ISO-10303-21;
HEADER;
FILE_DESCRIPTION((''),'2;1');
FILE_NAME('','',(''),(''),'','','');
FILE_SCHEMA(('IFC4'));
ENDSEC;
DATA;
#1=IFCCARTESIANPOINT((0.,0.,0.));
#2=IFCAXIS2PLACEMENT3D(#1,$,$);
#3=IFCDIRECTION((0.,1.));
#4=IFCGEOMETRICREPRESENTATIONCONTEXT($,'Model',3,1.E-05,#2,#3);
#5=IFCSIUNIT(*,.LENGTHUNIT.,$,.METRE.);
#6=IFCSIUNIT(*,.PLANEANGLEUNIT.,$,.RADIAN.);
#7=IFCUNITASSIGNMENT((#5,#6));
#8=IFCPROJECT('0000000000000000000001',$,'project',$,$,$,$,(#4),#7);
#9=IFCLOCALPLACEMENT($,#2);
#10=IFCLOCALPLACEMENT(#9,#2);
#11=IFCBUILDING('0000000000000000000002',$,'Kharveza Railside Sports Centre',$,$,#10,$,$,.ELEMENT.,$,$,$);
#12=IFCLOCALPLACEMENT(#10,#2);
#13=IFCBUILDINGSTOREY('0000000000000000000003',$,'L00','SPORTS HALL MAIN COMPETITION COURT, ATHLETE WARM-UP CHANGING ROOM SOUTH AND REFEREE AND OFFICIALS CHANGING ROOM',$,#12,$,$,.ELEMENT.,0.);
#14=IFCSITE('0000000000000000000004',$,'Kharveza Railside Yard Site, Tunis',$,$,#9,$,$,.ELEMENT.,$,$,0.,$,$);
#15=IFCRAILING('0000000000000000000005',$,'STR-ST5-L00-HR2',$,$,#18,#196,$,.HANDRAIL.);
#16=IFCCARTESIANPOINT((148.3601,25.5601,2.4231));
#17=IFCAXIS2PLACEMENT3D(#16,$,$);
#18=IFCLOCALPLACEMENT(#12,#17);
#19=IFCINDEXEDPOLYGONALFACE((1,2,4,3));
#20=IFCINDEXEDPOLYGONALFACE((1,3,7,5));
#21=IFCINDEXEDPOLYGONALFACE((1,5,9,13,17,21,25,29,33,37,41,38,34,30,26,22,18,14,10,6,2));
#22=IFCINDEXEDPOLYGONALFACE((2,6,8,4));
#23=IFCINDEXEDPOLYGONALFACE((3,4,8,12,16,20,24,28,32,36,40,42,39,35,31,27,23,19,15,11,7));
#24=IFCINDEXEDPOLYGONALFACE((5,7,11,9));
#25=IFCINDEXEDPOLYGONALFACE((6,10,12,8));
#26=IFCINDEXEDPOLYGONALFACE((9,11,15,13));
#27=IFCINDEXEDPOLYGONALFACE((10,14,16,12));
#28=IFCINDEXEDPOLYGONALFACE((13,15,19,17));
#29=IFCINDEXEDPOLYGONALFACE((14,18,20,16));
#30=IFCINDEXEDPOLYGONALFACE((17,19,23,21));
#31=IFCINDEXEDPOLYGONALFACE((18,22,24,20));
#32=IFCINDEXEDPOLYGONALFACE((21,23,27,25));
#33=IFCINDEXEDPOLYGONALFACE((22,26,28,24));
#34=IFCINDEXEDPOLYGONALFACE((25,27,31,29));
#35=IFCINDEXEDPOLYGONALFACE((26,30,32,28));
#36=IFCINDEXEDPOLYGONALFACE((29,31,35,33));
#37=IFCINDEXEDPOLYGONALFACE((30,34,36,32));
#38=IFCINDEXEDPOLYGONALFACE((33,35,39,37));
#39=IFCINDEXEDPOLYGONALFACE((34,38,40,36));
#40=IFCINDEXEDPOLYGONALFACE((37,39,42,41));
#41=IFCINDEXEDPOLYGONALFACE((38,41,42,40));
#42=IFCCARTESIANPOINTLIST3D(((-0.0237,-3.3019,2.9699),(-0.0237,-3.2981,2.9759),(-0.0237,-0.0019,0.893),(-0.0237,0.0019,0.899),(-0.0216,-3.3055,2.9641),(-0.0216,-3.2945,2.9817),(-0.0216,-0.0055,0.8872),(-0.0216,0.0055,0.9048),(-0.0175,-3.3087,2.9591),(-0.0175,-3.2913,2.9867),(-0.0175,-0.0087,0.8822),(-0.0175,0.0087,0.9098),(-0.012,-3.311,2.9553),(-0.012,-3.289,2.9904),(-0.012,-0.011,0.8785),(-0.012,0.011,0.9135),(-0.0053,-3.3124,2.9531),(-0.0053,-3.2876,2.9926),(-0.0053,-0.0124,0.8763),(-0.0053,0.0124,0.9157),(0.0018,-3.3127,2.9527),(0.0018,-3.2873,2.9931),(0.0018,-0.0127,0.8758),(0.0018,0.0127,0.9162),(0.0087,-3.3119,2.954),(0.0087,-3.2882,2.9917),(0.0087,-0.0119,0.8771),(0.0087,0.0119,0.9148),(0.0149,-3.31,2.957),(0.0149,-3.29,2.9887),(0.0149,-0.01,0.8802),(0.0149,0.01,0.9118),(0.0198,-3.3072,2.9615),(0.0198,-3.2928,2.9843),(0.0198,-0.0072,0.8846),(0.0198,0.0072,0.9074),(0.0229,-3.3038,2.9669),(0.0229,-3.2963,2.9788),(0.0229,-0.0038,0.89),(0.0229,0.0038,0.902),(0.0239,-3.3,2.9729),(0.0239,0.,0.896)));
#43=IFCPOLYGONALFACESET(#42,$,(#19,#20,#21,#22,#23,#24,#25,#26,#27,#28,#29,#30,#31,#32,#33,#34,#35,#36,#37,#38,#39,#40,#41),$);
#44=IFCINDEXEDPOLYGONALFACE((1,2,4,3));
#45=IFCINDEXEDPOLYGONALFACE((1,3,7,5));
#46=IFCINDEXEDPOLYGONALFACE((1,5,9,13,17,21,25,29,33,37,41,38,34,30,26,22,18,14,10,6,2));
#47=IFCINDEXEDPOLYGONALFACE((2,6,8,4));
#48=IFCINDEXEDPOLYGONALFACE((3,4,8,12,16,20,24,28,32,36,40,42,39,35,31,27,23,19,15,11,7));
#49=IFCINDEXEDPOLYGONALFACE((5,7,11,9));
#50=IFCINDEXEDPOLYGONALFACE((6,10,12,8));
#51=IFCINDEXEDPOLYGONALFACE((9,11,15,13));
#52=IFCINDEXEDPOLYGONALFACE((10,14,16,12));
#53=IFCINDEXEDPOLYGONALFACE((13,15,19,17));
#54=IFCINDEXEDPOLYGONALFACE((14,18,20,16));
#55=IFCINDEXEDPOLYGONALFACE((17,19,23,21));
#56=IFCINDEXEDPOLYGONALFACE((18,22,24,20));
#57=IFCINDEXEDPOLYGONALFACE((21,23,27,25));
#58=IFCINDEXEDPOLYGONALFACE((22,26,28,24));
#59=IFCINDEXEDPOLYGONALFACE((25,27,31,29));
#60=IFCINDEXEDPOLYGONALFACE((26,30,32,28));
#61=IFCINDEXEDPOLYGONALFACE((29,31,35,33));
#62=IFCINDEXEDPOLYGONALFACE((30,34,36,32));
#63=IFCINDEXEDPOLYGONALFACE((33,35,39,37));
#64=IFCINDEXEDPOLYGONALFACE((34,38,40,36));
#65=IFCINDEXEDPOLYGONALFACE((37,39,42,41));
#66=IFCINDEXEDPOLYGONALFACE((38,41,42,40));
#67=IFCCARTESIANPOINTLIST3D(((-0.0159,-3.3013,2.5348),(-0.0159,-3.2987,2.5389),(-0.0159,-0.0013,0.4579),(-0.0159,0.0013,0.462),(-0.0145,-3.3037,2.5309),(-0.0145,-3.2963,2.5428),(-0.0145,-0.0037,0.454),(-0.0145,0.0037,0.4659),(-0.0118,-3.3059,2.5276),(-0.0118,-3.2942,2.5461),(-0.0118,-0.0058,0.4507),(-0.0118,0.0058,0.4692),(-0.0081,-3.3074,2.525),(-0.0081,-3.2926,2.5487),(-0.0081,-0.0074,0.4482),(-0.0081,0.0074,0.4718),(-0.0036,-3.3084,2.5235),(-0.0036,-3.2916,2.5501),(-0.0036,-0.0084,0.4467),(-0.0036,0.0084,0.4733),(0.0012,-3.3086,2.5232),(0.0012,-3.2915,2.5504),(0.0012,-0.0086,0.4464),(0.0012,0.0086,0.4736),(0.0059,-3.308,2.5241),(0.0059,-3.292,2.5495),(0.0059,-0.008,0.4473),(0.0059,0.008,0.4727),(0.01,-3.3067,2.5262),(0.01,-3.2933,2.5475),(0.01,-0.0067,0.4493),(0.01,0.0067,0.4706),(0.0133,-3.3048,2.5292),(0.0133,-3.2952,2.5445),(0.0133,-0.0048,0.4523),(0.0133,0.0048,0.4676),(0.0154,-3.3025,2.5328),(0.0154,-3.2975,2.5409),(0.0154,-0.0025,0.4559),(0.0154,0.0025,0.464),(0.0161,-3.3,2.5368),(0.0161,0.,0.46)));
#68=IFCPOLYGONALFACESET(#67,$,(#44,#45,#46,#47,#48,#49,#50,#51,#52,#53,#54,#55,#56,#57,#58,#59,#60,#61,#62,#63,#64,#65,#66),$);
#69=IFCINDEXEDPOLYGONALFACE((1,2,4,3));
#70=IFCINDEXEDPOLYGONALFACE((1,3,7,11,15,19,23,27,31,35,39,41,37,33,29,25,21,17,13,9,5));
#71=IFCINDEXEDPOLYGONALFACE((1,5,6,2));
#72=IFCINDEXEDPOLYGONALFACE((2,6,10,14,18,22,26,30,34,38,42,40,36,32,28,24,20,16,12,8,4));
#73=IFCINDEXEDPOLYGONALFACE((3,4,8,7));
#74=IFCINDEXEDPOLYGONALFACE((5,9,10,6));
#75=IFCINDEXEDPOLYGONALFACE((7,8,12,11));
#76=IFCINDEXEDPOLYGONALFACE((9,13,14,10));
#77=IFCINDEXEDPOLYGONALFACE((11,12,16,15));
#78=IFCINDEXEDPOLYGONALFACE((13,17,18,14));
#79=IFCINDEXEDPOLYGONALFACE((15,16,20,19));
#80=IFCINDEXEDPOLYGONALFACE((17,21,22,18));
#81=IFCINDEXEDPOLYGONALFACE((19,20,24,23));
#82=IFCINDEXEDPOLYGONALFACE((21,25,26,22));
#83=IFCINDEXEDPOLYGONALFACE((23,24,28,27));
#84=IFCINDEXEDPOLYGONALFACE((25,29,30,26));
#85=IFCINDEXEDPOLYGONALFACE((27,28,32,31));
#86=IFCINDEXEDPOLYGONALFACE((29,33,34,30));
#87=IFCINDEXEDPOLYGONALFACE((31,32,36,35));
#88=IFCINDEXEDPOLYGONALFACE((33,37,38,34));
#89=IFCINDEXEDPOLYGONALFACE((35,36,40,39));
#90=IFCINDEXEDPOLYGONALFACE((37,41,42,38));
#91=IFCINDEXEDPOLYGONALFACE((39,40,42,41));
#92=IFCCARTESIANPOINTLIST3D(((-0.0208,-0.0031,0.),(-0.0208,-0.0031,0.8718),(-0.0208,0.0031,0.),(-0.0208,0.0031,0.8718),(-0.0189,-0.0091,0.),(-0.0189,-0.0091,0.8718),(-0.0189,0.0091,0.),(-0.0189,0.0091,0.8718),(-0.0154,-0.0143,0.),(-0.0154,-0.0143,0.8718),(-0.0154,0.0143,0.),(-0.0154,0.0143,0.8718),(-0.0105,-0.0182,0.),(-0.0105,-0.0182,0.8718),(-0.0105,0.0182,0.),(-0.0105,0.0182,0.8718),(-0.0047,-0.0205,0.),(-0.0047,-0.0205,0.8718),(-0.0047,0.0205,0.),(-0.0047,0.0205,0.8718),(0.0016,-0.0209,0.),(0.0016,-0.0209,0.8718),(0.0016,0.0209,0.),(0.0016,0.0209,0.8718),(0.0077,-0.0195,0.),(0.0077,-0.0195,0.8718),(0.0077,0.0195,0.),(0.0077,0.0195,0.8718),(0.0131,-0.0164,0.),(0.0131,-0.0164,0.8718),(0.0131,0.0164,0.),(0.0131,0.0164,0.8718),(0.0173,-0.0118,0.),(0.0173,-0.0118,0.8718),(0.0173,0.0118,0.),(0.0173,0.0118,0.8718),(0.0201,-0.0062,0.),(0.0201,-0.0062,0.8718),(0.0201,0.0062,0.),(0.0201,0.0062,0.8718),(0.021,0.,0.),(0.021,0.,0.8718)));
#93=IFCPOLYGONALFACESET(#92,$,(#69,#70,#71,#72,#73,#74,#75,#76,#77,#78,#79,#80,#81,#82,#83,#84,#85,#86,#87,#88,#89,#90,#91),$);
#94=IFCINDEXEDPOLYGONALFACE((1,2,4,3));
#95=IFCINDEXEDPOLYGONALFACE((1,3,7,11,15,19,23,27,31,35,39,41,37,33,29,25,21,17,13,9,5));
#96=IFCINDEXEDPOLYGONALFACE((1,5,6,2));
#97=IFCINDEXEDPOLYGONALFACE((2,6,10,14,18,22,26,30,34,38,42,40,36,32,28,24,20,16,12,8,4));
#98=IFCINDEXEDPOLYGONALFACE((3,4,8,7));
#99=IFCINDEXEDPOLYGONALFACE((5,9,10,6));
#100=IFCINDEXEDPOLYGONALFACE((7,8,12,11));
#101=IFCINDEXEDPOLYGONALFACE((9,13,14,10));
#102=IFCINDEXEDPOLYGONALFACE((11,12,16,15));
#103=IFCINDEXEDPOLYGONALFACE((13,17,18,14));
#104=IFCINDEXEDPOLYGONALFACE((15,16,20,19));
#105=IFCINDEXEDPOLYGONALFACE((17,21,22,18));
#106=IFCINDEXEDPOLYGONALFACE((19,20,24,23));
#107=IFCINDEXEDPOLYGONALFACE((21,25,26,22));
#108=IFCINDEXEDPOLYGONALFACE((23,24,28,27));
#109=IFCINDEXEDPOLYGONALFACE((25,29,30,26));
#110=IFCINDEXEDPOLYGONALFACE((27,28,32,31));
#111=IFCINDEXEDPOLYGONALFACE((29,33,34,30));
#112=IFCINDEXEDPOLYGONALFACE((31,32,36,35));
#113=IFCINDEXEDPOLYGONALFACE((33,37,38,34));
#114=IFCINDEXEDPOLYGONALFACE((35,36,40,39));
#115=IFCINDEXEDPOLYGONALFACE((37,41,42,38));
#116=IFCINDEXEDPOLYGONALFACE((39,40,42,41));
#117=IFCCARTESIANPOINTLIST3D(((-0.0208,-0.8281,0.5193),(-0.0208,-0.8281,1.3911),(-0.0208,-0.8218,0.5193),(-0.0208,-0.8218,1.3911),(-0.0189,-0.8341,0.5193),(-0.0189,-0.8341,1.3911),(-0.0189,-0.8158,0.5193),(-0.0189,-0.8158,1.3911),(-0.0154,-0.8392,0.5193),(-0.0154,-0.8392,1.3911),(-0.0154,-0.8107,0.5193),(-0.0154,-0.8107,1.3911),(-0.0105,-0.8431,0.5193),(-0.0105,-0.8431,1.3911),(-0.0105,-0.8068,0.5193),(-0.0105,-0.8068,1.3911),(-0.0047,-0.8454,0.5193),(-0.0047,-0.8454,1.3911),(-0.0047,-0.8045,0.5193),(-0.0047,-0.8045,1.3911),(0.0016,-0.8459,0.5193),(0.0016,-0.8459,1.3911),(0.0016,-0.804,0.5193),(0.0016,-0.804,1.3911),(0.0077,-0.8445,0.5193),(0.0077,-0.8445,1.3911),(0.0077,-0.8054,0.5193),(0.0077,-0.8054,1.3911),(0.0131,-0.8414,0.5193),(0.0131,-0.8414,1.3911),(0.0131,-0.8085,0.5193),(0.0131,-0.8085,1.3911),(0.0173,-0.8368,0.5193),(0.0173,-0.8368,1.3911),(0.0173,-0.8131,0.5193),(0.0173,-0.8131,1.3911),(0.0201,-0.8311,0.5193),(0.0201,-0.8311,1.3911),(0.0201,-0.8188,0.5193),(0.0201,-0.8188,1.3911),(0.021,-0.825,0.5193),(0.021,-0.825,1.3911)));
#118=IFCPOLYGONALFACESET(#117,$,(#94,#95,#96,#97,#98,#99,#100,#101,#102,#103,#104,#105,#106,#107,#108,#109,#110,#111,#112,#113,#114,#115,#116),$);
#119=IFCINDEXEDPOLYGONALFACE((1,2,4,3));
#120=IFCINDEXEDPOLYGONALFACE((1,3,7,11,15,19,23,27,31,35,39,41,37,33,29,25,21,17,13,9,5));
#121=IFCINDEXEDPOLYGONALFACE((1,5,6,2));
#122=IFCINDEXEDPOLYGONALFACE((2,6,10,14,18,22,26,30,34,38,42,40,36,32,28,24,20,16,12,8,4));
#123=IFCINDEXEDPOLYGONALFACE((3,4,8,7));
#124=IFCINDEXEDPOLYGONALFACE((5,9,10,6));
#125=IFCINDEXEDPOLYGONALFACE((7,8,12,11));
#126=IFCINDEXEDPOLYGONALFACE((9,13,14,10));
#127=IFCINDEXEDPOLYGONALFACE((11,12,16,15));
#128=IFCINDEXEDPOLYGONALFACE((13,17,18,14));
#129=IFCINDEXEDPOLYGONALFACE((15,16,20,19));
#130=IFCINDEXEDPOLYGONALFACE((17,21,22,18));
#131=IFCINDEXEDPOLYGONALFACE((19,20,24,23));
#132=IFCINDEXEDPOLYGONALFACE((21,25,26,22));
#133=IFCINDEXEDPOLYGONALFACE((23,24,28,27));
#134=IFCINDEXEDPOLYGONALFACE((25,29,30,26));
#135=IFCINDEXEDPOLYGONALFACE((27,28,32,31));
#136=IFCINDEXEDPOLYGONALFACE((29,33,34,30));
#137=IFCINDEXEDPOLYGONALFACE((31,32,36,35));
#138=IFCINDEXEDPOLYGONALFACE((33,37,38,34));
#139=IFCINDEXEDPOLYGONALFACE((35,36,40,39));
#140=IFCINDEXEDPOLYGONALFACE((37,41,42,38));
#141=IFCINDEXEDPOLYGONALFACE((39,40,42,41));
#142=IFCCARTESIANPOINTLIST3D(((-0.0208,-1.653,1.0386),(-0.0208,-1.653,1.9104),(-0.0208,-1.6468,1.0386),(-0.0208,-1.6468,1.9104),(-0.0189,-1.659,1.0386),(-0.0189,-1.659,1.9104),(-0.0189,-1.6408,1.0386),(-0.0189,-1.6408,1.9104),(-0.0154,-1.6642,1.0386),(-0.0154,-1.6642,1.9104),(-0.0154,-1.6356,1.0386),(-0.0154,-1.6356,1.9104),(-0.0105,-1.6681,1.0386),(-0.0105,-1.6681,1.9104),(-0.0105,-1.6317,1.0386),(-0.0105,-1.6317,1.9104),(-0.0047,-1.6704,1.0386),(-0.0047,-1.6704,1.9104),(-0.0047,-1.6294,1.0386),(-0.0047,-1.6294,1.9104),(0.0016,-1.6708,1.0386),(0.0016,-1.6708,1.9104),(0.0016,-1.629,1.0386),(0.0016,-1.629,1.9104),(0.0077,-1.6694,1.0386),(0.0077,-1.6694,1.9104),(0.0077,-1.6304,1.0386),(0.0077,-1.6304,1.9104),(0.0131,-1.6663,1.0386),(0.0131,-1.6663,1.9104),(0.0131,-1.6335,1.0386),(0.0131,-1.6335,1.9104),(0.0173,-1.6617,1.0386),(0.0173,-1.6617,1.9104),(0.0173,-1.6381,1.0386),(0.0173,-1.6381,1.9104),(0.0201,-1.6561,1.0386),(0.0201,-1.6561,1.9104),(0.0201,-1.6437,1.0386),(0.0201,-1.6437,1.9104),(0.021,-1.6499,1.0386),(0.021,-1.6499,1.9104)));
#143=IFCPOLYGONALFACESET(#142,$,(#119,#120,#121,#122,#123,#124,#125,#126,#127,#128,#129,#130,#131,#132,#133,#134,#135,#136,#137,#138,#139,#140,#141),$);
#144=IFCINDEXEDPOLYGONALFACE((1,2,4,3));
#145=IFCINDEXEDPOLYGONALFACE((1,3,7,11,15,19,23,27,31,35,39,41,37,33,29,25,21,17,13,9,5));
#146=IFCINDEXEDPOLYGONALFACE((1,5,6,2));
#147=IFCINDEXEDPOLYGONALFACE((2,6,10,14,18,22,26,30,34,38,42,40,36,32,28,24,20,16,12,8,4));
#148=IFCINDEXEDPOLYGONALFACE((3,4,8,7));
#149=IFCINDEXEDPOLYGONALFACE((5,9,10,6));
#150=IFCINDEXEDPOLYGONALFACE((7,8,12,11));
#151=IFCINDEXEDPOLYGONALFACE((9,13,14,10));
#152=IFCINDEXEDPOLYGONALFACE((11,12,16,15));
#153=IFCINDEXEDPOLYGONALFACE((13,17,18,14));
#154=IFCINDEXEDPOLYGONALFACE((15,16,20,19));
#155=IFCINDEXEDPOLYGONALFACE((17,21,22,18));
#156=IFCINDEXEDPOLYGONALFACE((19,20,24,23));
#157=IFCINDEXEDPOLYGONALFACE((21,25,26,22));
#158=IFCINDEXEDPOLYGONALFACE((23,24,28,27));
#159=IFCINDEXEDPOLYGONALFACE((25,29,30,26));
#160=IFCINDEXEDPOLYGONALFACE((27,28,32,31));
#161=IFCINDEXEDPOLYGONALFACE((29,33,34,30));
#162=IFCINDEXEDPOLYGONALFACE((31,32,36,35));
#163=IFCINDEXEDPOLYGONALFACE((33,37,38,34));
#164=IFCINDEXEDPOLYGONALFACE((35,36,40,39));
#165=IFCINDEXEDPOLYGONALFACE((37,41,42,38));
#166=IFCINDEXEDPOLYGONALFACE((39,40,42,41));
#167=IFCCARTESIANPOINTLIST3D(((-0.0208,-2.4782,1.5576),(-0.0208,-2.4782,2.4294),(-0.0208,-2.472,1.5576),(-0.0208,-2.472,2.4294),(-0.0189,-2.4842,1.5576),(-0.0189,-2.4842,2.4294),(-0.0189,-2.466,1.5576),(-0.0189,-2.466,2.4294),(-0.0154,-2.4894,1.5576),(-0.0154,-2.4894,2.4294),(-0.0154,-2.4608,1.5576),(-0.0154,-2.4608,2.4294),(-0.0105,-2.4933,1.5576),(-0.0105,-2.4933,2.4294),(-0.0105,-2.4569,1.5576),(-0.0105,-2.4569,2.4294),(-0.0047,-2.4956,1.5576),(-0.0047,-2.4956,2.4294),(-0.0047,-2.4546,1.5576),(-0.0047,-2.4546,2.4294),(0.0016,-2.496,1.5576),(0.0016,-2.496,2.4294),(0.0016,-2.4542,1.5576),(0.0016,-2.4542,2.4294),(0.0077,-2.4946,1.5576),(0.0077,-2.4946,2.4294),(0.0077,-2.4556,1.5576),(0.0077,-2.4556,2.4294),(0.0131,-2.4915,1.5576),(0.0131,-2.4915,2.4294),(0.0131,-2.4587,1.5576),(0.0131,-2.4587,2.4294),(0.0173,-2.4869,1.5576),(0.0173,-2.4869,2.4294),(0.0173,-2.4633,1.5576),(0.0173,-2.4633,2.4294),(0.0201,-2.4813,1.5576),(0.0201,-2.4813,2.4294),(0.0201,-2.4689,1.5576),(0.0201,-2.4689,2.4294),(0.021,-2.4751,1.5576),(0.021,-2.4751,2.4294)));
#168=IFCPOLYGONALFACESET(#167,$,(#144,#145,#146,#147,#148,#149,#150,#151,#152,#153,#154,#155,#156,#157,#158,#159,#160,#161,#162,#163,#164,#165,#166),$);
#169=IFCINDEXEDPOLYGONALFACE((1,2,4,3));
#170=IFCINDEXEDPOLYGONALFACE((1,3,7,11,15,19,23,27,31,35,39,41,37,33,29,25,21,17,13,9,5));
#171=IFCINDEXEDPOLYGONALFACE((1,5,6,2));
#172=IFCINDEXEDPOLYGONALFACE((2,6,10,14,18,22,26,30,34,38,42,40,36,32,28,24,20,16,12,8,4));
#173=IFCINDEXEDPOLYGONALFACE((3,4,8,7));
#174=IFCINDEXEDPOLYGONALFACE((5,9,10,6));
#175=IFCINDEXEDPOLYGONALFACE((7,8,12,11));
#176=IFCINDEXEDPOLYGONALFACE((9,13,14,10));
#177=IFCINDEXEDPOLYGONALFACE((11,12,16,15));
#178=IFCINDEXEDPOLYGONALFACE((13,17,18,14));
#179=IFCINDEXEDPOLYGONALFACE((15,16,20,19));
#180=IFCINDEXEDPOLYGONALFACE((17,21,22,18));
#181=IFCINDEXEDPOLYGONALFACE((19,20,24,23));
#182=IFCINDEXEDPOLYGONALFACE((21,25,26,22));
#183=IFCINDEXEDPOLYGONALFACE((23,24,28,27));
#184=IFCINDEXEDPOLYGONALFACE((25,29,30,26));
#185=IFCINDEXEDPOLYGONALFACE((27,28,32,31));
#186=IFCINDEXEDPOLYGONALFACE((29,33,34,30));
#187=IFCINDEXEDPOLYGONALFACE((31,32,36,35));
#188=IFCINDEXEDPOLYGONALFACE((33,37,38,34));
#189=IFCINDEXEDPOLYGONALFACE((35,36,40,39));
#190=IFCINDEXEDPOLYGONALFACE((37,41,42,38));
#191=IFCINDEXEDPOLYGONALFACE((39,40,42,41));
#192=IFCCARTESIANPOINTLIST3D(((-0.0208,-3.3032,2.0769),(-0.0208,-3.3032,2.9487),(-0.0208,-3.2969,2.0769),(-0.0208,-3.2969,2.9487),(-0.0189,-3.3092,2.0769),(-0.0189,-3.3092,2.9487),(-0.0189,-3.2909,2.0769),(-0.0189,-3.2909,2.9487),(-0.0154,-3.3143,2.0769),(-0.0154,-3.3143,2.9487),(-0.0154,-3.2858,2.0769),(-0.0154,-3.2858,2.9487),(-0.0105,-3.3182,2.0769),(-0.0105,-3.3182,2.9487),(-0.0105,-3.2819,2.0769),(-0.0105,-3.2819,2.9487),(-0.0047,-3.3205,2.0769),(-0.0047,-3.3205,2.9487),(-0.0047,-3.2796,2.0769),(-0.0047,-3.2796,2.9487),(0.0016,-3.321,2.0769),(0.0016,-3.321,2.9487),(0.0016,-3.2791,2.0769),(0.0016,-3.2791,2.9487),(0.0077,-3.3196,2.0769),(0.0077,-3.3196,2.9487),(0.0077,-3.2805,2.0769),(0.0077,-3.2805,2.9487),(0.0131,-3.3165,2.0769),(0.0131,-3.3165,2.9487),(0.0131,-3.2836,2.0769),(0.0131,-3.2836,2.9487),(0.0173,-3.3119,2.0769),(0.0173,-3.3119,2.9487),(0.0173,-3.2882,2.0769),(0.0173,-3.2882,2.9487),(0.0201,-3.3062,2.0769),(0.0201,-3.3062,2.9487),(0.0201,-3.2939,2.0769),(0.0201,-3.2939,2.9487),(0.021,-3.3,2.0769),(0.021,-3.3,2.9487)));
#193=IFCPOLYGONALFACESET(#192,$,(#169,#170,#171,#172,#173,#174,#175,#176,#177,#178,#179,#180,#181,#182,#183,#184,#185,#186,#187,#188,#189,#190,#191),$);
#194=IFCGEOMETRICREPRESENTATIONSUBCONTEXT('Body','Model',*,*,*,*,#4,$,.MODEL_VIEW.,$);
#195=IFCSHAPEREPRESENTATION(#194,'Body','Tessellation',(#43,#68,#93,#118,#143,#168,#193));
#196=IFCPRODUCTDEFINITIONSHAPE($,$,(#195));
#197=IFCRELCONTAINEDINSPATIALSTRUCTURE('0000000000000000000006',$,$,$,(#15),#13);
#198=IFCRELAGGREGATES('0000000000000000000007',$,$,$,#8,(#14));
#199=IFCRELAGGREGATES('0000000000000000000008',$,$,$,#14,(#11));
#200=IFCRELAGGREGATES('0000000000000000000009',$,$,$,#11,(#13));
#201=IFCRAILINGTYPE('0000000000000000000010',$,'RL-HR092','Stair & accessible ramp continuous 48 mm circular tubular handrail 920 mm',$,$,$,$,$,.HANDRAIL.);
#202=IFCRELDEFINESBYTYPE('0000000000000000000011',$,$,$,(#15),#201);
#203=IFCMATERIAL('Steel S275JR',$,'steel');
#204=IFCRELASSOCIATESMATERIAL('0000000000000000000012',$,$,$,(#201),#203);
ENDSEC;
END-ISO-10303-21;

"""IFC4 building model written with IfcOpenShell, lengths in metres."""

from ifc_helpers import new_model, si_unit, direction, frame, origin, origin_2d, place, context, subcontext, project, spatial, circle, extrude, material, type_object, element, save


model = new_model("IFC4")

# Units and contexts
model_context = context("Model", 3, precision=1e-05, world=origin(), true_north=direction((0.0, 1.0)))
body_context = subcontext(model_context, "Body", "Model", "MODEL_VIEW")
ifc_project = project(units=[si_unit("LENGTHUNIT", "METRE"), si_unit("PLANEANGLEUNIT", "RADIAN")], contexts=[model_context])

# Site, building, storey
site_placement = place(None, origin())
site = spatial("IfcSite", under=ifc_project, at=site_placement, Name="Kharveza Railside Yard Site, Tunis", CompositionType="ELEMENT", RefElevation=0.0)
building_placement = place(site_placement, origin())
building = spatial("IfcBuilding", under=site, at=building_placement, Name="Kharveza Railside Sports Centre", CompositionType="ELEMENT")
storey_placement = place(building_placement, origin())
storey = spatial("IfcBuildingStorey", under=building, at=storey_placement, Name="L00", Description="SPORTS HALL MAIN COMPETITION COURT, ATHLETE WARM-UP CHANGING ROOM SOUTH AND REFEREE AND OFFICIALS CHANGING ROOM", CompositionType="ELEMENT", Elevation=0.0)

# Railing
ifc_material_1 = material(Name="Steel S275JR", Category="steel")
railing_type_1 = type_object("IfcRailingType", Name="RL-HR092", Description="Stair & accessible ramp continuous 48 mm circular tubular handrail 920 mm", PredefinedType="HANDRAIL", material=ifc_material_1)
railing_1_placement = place(storey_placement, frame((148.3601, 25.5601, 2.4231)))
element("IfcRailing", 1, at=railing_1_placement, inside=storey, type_object=railing_type_1, Name="STR-ST5-L00-HR2", PredefinedType="HANDRAIL", context=body_context, shape_type="SweptSolid", body=[
    extrude(circle(Radius=0.0239, at=origin_2d()), frame((0.0, 0.0, 0.896), z_axis=(0.0, -0.846337, 0.532647), x_axis=(1.0, 0.0, 0.0)), (0.0, 0.0, 1.0), 3.8992),
    extrude(circle(Radius=0.0161, at=origin_2d()), frame((0.0, 0.0, 0.46), z_axis=(0.0, -0.846337, 0.532647), x_axis=(1.0, 0.0, 0.0)), (0.0, 0.0, 1.0), 3.8992),
    extrude(circle(Radius=0.021, at=origin_2d()), origin(), (0.0, 0.0, 1.0), 0.8718),
    extrude(circle(Radius=0.021, at=origin_2d()), frame((0.0, -0.825, 0.5193)), (0.0, 0.0, 1.0), 0.8718),
    extrude(circle(Radius=0.021, at=origin_2d()), frame((0.0, -1.6499, 1.0386)), (0.0, 0.0, 1.0), 0.8718),
    extrude(circle(Radius=0.021, at=origin_2d()), frame((0.0, -2.4751, 1.5576)), (0.0, 0.0, 1.0), 0.8718),
    extrude(circle(Radius=0.021, at=origin_2d()), frame((0.0, -3.3, 2.0769)), (0.0, 0.0, 1.0), 0.8718),
])

save(model, "model.ifc")
